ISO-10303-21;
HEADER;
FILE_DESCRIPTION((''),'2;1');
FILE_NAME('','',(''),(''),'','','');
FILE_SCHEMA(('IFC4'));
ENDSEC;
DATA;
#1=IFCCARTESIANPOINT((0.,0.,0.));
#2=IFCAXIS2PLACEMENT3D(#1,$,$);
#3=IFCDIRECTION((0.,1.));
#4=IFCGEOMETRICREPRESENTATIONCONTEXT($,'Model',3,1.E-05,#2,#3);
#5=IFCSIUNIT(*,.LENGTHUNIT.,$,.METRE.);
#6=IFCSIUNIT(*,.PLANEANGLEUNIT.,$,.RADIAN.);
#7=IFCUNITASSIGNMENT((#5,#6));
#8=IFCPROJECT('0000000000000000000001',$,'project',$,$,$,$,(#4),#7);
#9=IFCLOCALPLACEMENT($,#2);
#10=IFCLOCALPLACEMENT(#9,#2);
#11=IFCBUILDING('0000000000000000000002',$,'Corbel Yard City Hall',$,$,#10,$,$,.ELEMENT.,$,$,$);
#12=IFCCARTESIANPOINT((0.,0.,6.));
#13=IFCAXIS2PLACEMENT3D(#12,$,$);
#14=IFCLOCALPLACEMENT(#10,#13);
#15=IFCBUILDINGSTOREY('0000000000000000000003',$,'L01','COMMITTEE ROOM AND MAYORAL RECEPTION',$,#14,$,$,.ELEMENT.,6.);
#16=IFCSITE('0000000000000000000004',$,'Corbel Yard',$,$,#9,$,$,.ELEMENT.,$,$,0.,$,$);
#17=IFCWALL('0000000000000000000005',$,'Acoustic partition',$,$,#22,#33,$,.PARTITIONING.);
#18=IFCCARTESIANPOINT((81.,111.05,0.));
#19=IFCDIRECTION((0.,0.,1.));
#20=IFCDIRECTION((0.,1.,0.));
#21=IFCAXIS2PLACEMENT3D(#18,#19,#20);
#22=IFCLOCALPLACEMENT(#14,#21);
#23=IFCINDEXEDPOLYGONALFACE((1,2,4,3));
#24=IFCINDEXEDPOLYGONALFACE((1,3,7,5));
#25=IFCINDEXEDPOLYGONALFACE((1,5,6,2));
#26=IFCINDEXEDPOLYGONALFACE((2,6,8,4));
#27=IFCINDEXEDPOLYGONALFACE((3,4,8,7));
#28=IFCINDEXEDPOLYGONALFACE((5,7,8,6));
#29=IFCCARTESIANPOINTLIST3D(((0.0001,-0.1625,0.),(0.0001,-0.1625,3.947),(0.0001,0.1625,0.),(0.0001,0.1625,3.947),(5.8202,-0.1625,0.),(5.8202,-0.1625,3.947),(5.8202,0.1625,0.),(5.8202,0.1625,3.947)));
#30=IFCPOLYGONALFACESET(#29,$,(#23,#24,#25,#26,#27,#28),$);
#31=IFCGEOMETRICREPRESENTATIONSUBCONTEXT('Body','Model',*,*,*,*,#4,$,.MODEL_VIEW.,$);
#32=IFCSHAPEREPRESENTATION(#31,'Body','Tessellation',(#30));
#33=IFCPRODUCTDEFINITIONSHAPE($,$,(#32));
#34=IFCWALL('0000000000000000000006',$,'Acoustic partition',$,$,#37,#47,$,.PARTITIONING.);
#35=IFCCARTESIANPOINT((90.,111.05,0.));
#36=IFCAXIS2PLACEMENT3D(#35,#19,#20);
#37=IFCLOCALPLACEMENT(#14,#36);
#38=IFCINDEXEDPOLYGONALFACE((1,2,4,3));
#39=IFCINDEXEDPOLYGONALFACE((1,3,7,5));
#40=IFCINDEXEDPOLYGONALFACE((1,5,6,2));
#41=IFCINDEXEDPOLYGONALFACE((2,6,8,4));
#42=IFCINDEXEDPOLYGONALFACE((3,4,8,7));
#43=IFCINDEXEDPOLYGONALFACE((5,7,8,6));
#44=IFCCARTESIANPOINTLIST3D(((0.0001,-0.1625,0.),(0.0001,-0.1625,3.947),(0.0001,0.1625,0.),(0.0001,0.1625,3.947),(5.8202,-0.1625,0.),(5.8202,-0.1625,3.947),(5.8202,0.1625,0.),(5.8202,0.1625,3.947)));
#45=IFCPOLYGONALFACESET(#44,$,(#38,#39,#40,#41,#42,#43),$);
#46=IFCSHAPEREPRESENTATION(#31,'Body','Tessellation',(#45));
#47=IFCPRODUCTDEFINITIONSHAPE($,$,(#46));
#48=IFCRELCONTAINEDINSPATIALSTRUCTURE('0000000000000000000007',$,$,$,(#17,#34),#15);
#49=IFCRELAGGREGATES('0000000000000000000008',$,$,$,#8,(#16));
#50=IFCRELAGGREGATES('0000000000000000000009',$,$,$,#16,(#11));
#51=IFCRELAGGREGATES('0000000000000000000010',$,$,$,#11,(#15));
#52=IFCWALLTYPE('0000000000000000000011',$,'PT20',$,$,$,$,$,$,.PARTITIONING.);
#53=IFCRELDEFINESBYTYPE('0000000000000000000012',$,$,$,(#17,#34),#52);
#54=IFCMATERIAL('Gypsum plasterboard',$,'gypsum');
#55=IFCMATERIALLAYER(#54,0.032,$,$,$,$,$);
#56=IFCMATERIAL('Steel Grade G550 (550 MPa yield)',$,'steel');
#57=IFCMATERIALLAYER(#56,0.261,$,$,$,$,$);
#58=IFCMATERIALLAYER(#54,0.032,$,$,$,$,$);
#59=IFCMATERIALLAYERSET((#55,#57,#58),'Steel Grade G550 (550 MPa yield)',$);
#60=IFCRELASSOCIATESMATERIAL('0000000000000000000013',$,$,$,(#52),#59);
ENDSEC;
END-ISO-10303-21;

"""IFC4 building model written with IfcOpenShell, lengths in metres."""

from ifc_helpers import new_model, si_unit, direction, frame, frame_2d, origin, place, context, subcontext, project, spatial, rectangle, extrude, material, layer, layer_set, type_object, element, save


model = new_model("IFC4")

# Units and contexts
model_context = context("Model", 3, precision=1e-05, world=origin(), true_north=direction((0.0, 1.0)))
body_context = subcontext(model_context, "Body", "Model", "MODEL_VIEW")
ifc_project = project(units=[si_unit("LENGTHUNIT", "METRE"), si_unit("PLANEANGLEUNIT", "RADIAN")], contexts=[model_context])

# Site, building, storey
site_placement = place(None, origin())
site = spatial("IfcSite", under=ifc_project, at=site_placement, Name="Corbel Yard", CompositionType="ELEMENT", RefElevation=0.0)
building_placement = place(site_placement, origin())
building = spatial("IfcBuilding", under=site, at=building_placement, Name="Corbel Yard City Hall", CompositionType="ELEMENT")
storey_placement = place(building_placement, frame((0.0, 0.0, 6.0)))
storey = spatial("IfcBuildingStorey", under=building, at=storey_placement, Name="L01", Description="COMMITTEE ROOM AND MAYORAL RECEPTION", CompositionType="ELEMENT", Elevation=6.0)

# Walls
ifc_material_1 = material(Name="Gypsum plasterboard", Category="gypsum")
ifc_layer_1 = layer(ifc_material_1, 0.032)
ifc_material_2 = material(Name="Steel Grade G550 (550 MPa yield)", Category="steel")
ifc_layer_2 = layer(ifc_material_2, 0.261)
ifc_layer_3 = layer(ifc_material_1, 0.032)
ifc_layer_set_1 = layer_set([ifc_layer_1, ifc_layer_2, ifc_layer_3], Name="Steel Grade G550 (550 MPa yield)")
wall_type_1 = type_object("IfcWallType", Name="PT20", PredefinedType="PARTITIONING", material=ifc_layer_set_1)
wall_1_placement = place(storey_placement, frame((81.0, 111.05, 0.0), z_axis=(0.0, 0.0, 1.0), x_axis=(0.0, 1.0, 0.0)))
element("IfcWall", 1, at=wall_1_placement, inside=storey, type_object=wall_type_1, Name="Acoustic partition", PredefinedType="PARTITIONING", context=body_context, shape_type="SweptSolid", body=[
    extrude(rectangle(XDim=5.8201, YDim=0.325, at=frame_2d((2.9102, 0.0))), origin(), (0.0, 0.0, 1.0), 3.947),
])
wall_2_placement = place(storey_placement, frame((90.0, 111.05, 0.0), z_axis=(0.0, 0.0, 1.0), x_axis=(0.0, 1.0, 0.0)))
element("IfcWall", 2, at=wall_2_placement, inside=storey, type_object=wall_type_1, Name="Acoustic partition", PredefinedType="PARTITIONING", context=body_context, shape_type="SweptSolid", body=[
    extrude(rectangle(XDim=5.8201, YDim=0.325, at=frame_2d((2.9102, 0.0))), origin(), (0.0, 0.0, 1.0), 3.947),
])

save(model, "model.ifc")
